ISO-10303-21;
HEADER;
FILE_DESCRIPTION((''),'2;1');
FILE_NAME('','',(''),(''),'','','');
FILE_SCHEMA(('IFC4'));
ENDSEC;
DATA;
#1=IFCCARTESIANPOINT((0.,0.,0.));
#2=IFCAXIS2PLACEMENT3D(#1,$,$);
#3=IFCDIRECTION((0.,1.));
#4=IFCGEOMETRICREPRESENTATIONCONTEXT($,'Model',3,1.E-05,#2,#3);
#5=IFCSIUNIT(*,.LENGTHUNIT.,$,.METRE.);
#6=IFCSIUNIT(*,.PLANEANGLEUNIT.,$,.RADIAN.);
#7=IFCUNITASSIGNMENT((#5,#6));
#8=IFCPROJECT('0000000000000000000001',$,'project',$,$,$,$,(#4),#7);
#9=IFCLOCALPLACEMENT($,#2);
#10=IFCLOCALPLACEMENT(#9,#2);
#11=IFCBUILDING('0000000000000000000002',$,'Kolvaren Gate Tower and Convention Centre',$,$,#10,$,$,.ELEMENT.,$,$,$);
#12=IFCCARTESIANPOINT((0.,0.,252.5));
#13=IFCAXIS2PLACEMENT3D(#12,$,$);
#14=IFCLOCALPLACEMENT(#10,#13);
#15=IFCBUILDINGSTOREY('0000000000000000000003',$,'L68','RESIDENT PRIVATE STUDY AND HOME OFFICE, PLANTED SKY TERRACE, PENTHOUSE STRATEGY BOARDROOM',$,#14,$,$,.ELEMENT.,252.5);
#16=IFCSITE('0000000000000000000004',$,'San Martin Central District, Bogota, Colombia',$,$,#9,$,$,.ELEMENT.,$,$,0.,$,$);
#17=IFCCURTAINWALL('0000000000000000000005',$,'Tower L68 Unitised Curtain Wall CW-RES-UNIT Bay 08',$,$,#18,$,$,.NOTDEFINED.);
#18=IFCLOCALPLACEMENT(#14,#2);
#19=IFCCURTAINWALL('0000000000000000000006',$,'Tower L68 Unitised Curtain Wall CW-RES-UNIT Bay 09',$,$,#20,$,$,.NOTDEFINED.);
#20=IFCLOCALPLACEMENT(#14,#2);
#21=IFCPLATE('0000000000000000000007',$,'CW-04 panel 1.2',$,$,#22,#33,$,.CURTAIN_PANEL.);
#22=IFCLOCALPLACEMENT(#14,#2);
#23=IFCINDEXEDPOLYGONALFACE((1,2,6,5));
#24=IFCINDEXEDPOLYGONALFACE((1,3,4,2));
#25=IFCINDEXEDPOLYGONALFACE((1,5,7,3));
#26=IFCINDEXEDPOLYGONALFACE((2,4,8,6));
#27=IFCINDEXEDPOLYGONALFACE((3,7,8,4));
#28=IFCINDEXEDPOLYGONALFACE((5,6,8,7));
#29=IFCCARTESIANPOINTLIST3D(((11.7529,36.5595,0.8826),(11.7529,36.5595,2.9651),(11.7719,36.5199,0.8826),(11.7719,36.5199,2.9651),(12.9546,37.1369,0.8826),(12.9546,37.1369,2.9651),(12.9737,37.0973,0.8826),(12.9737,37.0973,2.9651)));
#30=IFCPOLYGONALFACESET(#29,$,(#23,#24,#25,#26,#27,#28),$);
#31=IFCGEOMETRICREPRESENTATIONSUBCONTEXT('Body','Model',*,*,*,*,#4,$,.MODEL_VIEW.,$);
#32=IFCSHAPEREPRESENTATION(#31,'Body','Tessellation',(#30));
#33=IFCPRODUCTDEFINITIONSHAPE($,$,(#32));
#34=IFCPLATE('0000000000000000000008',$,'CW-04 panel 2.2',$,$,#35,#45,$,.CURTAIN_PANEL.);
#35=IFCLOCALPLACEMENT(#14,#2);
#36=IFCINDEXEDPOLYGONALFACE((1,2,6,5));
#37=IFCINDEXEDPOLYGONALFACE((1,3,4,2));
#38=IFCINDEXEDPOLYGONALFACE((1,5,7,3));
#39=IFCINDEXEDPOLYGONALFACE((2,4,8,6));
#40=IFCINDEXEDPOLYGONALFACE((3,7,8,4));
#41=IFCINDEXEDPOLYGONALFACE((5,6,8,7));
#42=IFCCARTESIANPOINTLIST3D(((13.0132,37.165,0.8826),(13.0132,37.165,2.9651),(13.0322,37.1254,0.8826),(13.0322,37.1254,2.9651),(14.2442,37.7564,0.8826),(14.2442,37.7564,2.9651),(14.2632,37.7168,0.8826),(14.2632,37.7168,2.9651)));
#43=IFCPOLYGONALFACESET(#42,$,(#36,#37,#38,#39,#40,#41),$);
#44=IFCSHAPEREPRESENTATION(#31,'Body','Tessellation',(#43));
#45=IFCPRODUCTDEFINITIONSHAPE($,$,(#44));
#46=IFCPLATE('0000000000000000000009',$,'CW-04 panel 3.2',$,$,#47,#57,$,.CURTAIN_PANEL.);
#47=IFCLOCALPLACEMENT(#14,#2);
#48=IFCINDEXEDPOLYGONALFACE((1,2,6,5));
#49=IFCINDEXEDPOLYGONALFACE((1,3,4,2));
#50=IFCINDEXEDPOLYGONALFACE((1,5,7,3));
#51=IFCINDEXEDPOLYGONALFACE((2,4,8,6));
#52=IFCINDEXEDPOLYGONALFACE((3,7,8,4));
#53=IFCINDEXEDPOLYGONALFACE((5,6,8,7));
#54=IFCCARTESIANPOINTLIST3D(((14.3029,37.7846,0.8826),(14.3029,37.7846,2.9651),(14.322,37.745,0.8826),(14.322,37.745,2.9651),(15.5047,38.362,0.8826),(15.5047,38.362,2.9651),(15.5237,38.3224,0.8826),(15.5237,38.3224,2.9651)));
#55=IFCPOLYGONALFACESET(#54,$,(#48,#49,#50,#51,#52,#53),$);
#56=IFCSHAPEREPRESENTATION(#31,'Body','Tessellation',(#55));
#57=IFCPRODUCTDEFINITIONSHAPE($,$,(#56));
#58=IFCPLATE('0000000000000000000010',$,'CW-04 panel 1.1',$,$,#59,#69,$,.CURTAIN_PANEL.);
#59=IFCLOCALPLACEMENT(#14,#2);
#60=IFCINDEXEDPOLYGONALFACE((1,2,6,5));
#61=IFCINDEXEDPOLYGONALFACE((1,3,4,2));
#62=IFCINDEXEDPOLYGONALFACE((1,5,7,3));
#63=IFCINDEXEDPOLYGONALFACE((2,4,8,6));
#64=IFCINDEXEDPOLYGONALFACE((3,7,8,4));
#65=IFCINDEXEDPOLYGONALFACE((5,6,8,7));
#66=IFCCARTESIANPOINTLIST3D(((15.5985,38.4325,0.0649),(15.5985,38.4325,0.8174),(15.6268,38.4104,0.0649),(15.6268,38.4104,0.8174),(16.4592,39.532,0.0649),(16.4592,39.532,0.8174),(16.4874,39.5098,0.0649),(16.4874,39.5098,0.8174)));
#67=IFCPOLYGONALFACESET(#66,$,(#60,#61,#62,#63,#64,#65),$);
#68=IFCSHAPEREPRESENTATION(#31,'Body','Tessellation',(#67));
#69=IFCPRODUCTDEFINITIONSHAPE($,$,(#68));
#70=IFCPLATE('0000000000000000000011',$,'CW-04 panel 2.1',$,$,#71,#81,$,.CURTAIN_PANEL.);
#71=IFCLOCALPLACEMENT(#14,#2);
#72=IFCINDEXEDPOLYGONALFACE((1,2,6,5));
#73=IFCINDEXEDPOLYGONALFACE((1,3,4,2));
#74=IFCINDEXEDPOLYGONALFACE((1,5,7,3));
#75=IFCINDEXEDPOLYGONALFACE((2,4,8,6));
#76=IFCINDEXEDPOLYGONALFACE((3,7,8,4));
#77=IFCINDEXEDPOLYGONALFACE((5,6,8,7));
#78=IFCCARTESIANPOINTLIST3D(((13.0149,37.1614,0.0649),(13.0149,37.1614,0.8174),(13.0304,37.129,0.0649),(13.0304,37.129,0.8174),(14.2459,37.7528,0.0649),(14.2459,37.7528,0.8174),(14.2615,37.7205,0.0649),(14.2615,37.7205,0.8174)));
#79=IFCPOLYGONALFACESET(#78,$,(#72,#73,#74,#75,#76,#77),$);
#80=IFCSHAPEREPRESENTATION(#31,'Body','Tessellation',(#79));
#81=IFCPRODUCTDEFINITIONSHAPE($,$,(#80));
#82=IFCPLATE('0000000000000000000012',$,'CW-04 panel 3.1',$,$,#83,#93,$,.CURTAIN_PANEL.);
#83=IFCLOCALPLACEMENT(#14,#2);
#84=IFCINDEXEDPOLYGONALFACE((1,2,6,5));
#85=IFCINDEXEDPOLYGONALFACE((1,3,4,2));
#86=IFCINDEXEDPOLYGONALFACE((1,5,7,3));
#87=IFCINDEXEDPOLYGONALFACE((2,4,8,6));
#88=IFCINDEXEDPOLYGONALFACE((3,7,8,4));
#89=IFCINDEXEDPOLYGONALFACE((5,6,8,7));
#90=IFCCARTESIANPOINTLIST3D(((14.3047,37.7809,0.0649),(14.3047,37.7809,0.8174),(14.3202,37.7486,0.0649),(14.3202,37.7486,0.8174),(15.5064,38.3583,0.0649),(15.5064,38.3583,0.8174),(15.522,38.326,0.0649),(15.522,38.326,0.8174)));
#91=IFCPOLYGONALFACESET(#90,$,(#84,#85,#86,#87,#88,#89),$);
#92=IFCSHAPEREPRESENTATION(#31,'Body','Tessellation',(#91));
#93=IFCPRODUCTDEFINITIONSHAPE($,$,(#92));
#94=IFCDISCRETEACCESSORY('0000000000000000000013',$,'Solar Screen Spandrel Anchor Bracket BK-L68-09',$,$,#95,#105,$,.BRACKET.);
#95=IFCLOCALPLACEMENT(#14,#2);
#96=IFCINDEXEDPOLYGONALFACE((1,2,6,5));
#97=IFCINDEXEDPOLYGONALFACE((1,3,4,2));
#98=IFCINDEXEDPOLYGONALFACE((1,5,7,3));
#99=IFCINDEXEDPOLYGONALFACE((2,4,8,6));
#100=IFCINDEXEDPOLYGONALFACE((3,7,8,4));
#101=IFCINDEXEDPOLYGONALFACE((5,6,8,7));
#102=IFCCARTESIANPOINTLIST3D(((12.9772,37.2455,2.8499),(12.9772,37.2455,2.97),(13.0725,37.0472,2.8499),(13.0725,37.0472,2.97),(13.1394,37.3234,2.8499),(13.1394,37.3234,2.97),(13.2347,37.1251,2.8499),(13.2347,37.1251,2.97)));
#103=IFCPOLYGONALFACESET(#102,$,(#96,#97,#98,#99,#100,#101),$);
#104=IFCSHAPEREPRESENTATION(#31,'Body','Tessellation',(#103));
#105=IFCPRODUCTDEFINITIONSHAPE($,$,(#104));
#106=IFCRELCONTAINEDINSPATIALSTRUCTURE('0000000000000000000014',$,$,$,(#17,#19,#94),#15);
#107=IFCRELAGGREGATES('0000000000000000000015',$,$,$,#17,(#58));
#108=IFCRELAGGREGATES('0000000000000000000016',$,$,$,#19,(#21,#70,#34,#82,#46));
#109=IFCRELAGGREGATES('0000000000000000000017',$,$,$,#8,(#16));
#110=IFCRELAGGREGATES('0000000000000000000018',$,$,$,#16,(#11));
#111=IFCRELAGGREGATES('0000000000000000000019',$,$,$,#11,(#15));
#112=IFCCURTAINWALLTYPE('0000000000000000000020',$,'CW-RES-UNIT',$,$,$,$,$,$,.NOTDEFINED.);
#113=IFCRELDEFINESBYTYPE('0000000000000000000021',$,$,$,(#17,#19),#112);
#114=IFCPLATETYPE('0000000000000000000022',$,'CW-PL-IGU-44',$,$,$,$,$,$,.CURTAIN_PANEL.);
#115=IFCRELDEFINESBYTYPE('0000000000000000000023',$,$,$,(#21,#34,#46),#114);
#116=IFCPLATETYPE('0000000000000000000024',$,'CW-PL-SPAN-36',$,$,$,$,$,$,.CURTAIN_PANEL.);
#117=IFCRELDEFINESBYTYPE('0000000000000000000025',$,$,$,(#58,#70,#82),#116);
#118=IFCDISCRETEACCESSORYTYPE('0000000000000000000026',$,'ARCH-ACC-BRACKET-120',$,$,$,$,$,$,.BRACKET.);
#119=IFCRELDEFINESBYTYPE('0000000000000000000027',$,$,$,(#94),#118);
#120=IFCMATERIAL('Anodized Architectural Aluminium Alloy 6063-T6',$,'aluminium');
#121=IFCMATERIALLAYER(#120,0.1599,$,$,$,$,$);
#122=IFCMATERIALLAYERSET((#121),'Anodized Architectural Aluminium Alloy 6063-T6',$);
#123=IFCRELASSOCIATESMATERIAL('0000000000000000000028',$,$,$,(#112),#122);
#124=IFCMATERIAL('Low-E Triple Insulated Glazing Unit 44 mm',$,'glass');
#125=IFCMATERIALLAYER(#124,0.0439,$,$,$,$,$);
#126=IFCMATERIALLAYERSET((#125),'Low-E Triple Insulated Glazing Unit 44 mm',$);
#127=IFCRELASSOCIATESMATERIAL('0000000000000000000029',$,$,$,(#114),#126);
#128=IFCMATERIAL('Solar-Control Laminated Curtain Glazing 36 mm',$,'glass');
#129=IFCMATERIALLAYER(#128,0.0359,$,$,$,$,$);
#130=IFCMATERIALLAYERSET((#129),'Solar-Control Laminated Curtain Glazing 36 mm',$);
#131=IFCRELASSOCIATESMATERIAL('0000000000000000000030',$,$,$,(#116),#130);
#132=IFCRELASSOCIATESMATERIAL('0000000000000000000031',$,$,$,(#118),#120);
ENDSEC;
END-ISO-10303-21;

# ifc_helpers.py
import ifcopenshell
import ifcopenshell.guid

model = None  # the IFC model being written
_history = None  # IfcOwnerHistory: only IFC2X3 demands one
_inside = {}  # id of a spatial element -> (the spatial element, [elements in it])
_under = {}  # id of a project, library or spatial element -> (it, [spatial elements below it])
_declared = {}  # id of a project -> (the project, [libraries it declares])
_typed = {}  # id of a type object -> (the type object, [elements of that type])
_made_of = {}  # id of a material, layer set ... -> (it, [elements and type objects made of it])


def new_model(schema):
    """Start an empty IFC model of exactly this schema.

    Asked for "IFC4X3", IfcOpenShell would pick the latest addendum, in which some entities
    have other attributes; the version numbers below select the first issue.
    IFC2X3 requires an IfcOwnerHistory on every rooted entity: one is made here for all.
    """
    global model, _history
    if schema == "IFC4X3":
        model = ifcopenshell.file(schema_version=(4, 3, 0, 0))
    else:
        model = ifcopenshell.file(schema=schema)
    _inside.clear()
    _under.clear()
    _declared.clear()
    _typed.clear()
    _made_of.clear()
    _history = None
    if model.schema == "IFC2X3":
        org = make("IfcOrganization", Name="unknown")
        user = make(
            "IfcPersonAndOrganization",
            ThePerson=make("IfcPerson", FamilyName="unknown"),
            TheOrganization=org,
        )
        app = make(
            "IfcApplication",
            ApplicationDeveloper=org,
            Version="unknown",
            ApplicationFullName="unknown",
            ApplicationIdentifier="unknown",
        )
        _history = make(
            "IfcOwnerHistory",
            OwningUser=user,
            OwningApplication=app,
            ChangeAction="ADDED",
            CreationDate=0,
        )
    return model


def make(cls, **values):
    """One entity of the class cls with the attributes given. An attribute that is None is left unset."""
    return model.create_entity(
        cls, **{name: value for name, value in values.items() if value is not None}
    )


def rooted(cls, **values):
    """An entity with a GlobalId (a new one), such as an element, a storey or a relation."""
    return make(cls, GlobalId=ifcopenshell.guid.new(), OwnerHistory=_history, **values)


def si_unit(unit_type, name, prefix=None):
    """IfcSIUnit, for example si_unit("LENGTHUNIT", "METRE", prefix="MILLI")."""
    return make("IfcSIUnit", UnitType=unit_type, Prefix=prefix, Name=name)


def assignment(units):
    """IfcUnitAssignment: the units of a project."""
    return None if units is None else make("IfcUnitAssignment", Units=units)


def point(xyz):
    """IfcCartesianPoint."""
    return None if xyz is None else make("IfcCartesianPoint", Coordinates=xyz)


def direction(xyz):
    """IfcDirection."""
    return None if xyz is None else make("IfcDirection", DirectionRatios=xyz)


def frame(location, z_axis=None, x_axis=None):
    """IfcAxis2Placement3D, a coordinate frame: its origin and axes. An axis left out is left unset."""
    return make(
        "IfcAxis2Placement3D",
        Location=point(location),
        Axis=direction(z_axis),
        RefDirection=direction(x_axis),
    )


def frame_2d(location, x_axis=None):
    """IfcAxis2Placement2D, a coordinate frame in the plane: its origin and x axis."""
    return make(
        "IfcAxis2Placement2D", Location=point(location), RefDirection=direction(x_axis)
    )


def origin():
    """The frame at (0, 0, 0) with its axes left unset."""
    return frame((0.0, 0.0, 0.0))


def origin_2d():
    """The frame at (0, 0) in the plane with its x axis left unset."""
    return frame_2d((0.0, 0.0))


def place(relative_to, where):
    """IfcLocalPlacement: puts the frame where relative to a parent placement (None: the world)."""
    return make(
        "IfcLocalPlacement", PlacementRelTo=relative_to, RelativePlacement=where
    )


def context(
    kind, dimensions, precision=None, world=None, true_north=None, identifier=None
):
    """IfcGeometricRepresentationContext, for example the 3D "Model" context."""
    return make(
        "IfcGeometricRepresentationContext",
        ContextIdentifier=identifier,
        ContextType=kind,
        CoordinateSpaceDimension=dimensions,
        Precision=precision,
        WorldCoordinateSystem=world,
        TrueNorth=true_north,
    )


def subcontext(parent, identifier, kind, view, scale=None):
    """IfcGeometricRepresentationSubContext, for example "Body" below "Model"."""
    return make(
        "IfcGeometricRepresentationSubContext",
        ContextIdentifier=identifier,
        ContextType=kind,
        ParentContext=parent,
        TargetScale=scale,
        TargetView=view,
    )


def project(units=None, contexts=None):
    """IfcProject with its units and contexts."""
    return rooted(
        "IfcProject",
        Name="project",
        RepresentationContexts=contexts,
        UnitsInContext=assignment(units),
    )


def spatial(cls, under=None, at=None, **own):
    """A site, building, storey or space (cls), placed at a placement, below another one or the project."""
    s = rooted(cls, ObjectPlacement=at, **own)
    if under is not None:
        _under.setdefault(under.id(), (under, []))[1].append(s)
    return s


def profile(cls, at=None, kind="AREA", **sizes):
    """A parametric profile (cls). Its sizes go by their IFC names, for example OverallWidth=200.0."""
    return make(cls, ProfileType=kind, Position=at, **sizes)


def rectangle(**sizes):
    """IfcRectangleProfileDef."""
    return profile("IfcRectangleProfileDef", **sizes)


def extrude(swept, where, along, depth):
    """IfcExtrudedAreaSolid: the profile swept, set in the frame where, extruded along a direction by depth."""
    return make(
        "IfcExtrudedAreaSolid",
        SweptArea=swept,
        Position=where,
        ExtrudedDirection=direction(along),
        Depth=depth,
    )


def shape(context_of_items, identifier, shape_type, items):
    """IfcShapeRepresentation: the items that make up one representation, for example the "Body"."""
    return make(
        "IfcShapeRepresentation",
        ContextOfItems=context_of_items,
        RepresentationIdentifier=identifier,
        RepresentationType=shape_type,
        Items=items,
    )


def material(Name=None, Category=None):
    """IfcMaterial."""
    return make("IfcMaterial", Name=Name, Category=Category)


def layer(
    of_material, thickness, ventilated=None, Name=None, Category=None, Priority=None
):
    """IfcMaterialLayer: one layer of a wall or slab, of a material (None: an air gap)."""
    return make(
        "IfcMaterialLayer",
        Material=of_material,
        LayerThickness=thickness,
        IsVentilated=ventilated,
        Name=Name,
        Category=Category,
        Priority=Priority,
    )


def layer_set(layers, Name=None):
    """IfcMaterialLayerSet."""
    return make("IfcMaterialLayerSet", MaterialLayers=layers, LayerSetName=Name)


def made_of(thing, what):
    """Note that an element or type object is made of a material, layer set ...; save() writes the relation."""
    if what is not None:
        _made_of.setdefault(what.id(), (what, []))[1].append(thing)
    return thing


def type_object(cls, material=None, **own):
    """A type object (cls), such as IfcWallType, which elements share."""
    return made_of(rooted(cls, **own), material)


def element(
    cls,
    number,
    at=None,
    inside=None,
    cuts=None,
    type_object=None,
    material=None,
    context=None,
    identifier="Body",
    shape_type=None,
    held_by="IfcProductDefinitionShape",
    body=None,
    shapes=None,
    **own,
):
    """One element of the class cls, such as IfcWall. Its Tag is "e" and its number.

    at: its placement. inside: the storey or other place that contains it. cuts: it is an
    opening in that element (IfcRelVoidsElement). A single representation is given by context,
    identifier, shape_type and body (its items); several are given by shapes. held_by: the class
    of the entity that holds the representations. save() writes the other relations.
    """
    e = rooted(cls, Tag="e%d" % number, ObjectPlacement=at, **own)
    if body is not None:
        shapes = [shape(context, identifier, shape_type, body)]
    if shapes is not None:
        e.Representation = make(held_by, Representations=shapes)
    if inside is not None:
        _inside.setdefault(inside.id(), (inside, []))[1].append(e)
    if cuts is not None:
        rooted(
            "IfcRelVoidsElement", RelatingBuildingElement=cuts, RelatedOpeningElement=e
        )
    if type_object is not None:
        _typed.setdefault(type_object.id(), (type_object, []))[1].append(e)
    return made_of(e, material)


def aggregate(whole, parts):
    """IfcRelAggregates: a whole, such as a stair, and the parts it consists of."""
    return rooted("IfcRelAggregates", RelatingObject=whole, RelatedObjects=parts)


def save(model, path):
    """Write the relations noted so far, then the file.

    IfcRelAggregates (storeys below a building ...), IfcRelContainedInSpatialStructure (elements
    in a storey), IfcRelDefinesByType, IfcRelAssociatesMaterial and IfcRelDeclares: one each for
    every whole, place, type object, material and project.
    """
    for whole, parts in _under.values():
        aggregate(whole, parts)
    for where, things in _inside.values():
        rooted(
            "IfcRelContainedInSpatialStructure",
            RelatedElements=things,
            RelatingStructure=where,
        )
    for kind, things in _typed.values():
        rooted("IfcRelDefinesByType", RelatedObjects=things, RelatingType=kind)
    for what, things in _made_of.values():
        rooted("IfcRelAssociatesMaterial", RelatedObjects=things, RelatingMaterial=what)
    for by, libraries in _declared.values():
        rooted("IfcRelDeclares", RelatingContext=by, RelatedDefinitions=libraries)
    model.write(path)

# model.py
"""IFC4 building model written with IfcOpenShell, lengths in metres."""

from ifc_helpers import new_model, si_unit, direction, frame, origin, origin_2d, place, context, subcontext, project, spatial, rectangle, extrude, material, layer, layer_set, type_object, element, aggregate, save


model = new_model("IFC4")

# Units and contexts
model_context = context("Model", 3, precision=1e-05, world=origin(), true_north=direction((0.0, 1.0)))
body_context = subcontext(model_context, "Body", "Model", "MODEL_VIEW")
ifc_project = project(units=[si_unit("LENGTHUNIT", "METRE"), si_unit("PLANEANGLEUNIT", "RADIAN")], contexts=[model_context])

# Site, building, storey
site_placement = place(None, origin())
site = spatial("IfcSite", under=ifc_project, at=site_placement, Name="San Martin Central District, Bogota, Colombia", CompositionType="ELEMENT", RefElevation=0.0)
building_placement = place(site_placement, origin())
building = spatial("IfcBuilding", under=site, at=building_placement, Name="Kolvaren Gate Tower and Convention Centre", CompositionType="ELEMENT")
storey_placement = place(building_placement, frame((0.0, 0.0, 252.5)))
storey = spatial("IfcBuildingStorey", under=building, at=storey_placement, Name="L68", Description="RESIDENT PRIVATE STUDY AND HOME OFFICE, PLANTED SKY TERRACE, PENTHOUSE STRATEGY BOARDROOM", CompositionType="ELEMENT", Elevation=252.5)

# Curtain wall
ifc_material_1 = material(Name="Anodized Architectural Aluminium Alloy 6063-T6", Category="aluminium")
ifc_layer_1 = layer(ifc_material_1, 0.1599)
ifc_layer_set_1 = layer_set([ifc_layer_1], Name="Anodized Architectural Aluminium Alloy 6063-T6")
curtain_wall_type = type_object("IfcCurtainWallType", Name="CW-RES-UNIT", PredefinedType="NOTDEFINED", material=ifc_layer_set_1)
curtain_wall_1_placement = place(storey_placement, origin())
curtain_wall_1 = element("IfcCurtainWall", 1, at=curtain_wall_1_placement, inside=storey, type_object=curtain_wall_type, Name="Tower L68 Unitised Curtain Wall CW-RES-UNIT Bay 08", PredefinedType="NOTDEFINED")

# Curtain wall
curtain_wall_2_placement = place(storey_placement, origin())
curtain_wall_2 = element("IfcCurtainWall", 2, at=curtain_wall_2_placement, inside=storey, type_object=curtain_wall_type, Name="Tower L68 Unitised Curtain Wall CW-RES-UNIT Bay 09", PredefinedType="NOTDEFINED")

# Plates
ifc_material_2 = material(Name="Low-E Triple Insulated Glazing Unit 44 mm", Category="glass")
ifc_layer_2 = layer(ifc_material_2, 0.0439)
ifc_layer_set_2 = layer_set([ifc_layer_2], Name="Low-E Triple Insulated Glazing Unit 44 mm")
plate_type_1 = type_object("IfcPlateType", Name="CW-PL-IGU-44", PredefinedType="CURTAIN_PANEL", material=ifc_layer_set_2)
plate_1_placement = place(storey_placement, frame((12.3633, 36.8284, 0.8826), z_axis=(0.0, 0.0, 1.0), x_axis=(0.901362, 0.433067, 0.0)))
plate_1 = element("IfcPlate", 3, at=plate_1_placement, type_object=plate_type_1, Name="CW-04 panel 1.2", PredefinedType="CURTAIN_PANEL", context=body_context, shape_type="SweptSolid", body=[
    extrude(rectangle(XDim=1.3333, YDim=0.0439, at=origin_2d()), origin(), (0.0, 0.0, 1.0), 2.0825),
])
plate_2_placement = place(storey_placement, frame((13.6382, 37.4409, 0.8826), z_axis=(0.0, 0.0, 1.0), x_axis=(0.901362, 0.433067, 0.0)))
plate_2 = element("IfcPlate", 4, at=plate_2_placement, type_object=plate_type_1, Name="CW-04 panel 2.2", PredefinedType="CURTAIN_PANEL", context=body_context, shape_type="SweptSolid", body=[
    extrude(rectangle(XDim=1.3657, YDim=0.0439, at=origin_2d()), origin(), (0.0, 0.0, 1.0), 2.0825),
])
plate_3_placement = place(storey_placement, frame((14.9133, 38.0535, 0.8826), z_axis=(0.0, 0.0, 1.0), x_axis=(0.901362, 0.433067, 0.0)))
plate_3 = element("IfcPlate", 5, at=plate_3_placement, type_object=plate_type_1, Name="CW-04 panel 3.2", PredefinedType="CURTAIN_PANEL", context=body_context, shape_type="SweptSolid", body=[
    extrude(rectangle(XDim=1.3333, YDim=0.0439, at=origin_2d()), origin(), (0.0, 0.0, 1.0), 2.0825),
])
ifc_material_3 = material(Name="Solar-Control Laminated Curtain Glazing 36 mm", Category="glass")
ifc_layer_3 = layer(ifc_material_3, 0.0359)
ifc_layer_set_3 = layer_set([ifc_layer_3], Name="Solar-Control Laminated Curtain Glazing 36 mm")
plate_type_2 = type_object("IfcPlateType", Name="CW-PL-SPAN-36", PredefinedType="CURTAIN_PANEL", material=ifc_layer_set_3)
plate_4_placement = place(storey_placement, frame((16.043, 38.9712, 0.0649), z_axis=(0.0, 0.0, 1.0), x_axis=(0.616425, 0.787414, 0.0)))
plate_4 = element("IfcPlate", 6, at=plate_4_placement, type_object=plate_type_2, Name="CW-04 panel 1.1", PredefinedType="CURTAIN_PANEL", context=body_context, shape_type="SweptSolid", body=[
    extrude(rectangle(XDim=1.3962, YDim=0.0359, at=origin_2d()), origin(), (0.0, 0.0, 1.0), 0.7524),
])
aggregate(curtain_wall_1, [plate_4])
plate_5_placement = place(storey_placement, frame((13.6382, 37.4409, 0.0649), z_axis=(0.0, 0.0, 1.0), x_axis=(0.901362, 0.433067, 0.0)))
plate_5 = element("IfcPlate", 7, at=plate_5_placement, type_object=plate_type_2, Name="CW-04 panel 2.1", PredefinedType="CURTAIN_PANEL", context=body_context, shape_type="SweptSolid", body=[
    extrude(rectangle(XDim=1.3657, YDim=0.0359, at=origin_2d()), origin(), (0.0, 0.0, 1.0), 0.7524),
])
plate_6_placement = place(storey_placement, frame((14.9133, 38.0535, 0.0649), z_axis=(0.0, 0.0, 1.0), x_axis=(0.901362, 0.433067, 0.0)))
plate_6 = element("IfcPlate", 8, at=plate_6_placement, type_object=plate_type_2, Name="CW-04 panel 3.1", PredefinedType="CURTAIN_PANEL", context=body_context, shape_type="SweptSolid", body=[
    extrude(rectangle(XDim=1.3333, YDim=0.0359, at=origin_2d()), origin(), (0.0, 0.0, 1.0), 0.7524),
])
aggregate(curtain_wall_2, [plate_1, plate_5, plate_2, plate_6, plate_3])

# Discrete accessory
discrete_accessory_type = type_object("IfcDiscreteAccessoryType", Name="ARCH-ACC-BRACKET-120", PredefinedType="BRACKET", material=ifc_material_1)
discrete_accessory_placement = place(storey_placement, frame((13.106, 37.1853, 2.8499), z_axis=(0.0, 0.0, 1.0), x_axis=(0.901358, 0.433076, 0.0)))
element("IfcDiscreteAccessory", 9, at=discrete_accessory_placement, inside=storey, type_object=discrete_accessory_type, Name="Solar Screen Spandrel Anchor Bracket BK-L68-09", PredefinedType="BRACKET", context=body_context, shape_type="SweptSolid", body=[
    extrude(rectangle(XDim=0.1799, YDim=0.22, at=origin_2d()), origin(), (0.0, 0.0, 1.0), 0.1201),
])

save(model, "model.ifc")
